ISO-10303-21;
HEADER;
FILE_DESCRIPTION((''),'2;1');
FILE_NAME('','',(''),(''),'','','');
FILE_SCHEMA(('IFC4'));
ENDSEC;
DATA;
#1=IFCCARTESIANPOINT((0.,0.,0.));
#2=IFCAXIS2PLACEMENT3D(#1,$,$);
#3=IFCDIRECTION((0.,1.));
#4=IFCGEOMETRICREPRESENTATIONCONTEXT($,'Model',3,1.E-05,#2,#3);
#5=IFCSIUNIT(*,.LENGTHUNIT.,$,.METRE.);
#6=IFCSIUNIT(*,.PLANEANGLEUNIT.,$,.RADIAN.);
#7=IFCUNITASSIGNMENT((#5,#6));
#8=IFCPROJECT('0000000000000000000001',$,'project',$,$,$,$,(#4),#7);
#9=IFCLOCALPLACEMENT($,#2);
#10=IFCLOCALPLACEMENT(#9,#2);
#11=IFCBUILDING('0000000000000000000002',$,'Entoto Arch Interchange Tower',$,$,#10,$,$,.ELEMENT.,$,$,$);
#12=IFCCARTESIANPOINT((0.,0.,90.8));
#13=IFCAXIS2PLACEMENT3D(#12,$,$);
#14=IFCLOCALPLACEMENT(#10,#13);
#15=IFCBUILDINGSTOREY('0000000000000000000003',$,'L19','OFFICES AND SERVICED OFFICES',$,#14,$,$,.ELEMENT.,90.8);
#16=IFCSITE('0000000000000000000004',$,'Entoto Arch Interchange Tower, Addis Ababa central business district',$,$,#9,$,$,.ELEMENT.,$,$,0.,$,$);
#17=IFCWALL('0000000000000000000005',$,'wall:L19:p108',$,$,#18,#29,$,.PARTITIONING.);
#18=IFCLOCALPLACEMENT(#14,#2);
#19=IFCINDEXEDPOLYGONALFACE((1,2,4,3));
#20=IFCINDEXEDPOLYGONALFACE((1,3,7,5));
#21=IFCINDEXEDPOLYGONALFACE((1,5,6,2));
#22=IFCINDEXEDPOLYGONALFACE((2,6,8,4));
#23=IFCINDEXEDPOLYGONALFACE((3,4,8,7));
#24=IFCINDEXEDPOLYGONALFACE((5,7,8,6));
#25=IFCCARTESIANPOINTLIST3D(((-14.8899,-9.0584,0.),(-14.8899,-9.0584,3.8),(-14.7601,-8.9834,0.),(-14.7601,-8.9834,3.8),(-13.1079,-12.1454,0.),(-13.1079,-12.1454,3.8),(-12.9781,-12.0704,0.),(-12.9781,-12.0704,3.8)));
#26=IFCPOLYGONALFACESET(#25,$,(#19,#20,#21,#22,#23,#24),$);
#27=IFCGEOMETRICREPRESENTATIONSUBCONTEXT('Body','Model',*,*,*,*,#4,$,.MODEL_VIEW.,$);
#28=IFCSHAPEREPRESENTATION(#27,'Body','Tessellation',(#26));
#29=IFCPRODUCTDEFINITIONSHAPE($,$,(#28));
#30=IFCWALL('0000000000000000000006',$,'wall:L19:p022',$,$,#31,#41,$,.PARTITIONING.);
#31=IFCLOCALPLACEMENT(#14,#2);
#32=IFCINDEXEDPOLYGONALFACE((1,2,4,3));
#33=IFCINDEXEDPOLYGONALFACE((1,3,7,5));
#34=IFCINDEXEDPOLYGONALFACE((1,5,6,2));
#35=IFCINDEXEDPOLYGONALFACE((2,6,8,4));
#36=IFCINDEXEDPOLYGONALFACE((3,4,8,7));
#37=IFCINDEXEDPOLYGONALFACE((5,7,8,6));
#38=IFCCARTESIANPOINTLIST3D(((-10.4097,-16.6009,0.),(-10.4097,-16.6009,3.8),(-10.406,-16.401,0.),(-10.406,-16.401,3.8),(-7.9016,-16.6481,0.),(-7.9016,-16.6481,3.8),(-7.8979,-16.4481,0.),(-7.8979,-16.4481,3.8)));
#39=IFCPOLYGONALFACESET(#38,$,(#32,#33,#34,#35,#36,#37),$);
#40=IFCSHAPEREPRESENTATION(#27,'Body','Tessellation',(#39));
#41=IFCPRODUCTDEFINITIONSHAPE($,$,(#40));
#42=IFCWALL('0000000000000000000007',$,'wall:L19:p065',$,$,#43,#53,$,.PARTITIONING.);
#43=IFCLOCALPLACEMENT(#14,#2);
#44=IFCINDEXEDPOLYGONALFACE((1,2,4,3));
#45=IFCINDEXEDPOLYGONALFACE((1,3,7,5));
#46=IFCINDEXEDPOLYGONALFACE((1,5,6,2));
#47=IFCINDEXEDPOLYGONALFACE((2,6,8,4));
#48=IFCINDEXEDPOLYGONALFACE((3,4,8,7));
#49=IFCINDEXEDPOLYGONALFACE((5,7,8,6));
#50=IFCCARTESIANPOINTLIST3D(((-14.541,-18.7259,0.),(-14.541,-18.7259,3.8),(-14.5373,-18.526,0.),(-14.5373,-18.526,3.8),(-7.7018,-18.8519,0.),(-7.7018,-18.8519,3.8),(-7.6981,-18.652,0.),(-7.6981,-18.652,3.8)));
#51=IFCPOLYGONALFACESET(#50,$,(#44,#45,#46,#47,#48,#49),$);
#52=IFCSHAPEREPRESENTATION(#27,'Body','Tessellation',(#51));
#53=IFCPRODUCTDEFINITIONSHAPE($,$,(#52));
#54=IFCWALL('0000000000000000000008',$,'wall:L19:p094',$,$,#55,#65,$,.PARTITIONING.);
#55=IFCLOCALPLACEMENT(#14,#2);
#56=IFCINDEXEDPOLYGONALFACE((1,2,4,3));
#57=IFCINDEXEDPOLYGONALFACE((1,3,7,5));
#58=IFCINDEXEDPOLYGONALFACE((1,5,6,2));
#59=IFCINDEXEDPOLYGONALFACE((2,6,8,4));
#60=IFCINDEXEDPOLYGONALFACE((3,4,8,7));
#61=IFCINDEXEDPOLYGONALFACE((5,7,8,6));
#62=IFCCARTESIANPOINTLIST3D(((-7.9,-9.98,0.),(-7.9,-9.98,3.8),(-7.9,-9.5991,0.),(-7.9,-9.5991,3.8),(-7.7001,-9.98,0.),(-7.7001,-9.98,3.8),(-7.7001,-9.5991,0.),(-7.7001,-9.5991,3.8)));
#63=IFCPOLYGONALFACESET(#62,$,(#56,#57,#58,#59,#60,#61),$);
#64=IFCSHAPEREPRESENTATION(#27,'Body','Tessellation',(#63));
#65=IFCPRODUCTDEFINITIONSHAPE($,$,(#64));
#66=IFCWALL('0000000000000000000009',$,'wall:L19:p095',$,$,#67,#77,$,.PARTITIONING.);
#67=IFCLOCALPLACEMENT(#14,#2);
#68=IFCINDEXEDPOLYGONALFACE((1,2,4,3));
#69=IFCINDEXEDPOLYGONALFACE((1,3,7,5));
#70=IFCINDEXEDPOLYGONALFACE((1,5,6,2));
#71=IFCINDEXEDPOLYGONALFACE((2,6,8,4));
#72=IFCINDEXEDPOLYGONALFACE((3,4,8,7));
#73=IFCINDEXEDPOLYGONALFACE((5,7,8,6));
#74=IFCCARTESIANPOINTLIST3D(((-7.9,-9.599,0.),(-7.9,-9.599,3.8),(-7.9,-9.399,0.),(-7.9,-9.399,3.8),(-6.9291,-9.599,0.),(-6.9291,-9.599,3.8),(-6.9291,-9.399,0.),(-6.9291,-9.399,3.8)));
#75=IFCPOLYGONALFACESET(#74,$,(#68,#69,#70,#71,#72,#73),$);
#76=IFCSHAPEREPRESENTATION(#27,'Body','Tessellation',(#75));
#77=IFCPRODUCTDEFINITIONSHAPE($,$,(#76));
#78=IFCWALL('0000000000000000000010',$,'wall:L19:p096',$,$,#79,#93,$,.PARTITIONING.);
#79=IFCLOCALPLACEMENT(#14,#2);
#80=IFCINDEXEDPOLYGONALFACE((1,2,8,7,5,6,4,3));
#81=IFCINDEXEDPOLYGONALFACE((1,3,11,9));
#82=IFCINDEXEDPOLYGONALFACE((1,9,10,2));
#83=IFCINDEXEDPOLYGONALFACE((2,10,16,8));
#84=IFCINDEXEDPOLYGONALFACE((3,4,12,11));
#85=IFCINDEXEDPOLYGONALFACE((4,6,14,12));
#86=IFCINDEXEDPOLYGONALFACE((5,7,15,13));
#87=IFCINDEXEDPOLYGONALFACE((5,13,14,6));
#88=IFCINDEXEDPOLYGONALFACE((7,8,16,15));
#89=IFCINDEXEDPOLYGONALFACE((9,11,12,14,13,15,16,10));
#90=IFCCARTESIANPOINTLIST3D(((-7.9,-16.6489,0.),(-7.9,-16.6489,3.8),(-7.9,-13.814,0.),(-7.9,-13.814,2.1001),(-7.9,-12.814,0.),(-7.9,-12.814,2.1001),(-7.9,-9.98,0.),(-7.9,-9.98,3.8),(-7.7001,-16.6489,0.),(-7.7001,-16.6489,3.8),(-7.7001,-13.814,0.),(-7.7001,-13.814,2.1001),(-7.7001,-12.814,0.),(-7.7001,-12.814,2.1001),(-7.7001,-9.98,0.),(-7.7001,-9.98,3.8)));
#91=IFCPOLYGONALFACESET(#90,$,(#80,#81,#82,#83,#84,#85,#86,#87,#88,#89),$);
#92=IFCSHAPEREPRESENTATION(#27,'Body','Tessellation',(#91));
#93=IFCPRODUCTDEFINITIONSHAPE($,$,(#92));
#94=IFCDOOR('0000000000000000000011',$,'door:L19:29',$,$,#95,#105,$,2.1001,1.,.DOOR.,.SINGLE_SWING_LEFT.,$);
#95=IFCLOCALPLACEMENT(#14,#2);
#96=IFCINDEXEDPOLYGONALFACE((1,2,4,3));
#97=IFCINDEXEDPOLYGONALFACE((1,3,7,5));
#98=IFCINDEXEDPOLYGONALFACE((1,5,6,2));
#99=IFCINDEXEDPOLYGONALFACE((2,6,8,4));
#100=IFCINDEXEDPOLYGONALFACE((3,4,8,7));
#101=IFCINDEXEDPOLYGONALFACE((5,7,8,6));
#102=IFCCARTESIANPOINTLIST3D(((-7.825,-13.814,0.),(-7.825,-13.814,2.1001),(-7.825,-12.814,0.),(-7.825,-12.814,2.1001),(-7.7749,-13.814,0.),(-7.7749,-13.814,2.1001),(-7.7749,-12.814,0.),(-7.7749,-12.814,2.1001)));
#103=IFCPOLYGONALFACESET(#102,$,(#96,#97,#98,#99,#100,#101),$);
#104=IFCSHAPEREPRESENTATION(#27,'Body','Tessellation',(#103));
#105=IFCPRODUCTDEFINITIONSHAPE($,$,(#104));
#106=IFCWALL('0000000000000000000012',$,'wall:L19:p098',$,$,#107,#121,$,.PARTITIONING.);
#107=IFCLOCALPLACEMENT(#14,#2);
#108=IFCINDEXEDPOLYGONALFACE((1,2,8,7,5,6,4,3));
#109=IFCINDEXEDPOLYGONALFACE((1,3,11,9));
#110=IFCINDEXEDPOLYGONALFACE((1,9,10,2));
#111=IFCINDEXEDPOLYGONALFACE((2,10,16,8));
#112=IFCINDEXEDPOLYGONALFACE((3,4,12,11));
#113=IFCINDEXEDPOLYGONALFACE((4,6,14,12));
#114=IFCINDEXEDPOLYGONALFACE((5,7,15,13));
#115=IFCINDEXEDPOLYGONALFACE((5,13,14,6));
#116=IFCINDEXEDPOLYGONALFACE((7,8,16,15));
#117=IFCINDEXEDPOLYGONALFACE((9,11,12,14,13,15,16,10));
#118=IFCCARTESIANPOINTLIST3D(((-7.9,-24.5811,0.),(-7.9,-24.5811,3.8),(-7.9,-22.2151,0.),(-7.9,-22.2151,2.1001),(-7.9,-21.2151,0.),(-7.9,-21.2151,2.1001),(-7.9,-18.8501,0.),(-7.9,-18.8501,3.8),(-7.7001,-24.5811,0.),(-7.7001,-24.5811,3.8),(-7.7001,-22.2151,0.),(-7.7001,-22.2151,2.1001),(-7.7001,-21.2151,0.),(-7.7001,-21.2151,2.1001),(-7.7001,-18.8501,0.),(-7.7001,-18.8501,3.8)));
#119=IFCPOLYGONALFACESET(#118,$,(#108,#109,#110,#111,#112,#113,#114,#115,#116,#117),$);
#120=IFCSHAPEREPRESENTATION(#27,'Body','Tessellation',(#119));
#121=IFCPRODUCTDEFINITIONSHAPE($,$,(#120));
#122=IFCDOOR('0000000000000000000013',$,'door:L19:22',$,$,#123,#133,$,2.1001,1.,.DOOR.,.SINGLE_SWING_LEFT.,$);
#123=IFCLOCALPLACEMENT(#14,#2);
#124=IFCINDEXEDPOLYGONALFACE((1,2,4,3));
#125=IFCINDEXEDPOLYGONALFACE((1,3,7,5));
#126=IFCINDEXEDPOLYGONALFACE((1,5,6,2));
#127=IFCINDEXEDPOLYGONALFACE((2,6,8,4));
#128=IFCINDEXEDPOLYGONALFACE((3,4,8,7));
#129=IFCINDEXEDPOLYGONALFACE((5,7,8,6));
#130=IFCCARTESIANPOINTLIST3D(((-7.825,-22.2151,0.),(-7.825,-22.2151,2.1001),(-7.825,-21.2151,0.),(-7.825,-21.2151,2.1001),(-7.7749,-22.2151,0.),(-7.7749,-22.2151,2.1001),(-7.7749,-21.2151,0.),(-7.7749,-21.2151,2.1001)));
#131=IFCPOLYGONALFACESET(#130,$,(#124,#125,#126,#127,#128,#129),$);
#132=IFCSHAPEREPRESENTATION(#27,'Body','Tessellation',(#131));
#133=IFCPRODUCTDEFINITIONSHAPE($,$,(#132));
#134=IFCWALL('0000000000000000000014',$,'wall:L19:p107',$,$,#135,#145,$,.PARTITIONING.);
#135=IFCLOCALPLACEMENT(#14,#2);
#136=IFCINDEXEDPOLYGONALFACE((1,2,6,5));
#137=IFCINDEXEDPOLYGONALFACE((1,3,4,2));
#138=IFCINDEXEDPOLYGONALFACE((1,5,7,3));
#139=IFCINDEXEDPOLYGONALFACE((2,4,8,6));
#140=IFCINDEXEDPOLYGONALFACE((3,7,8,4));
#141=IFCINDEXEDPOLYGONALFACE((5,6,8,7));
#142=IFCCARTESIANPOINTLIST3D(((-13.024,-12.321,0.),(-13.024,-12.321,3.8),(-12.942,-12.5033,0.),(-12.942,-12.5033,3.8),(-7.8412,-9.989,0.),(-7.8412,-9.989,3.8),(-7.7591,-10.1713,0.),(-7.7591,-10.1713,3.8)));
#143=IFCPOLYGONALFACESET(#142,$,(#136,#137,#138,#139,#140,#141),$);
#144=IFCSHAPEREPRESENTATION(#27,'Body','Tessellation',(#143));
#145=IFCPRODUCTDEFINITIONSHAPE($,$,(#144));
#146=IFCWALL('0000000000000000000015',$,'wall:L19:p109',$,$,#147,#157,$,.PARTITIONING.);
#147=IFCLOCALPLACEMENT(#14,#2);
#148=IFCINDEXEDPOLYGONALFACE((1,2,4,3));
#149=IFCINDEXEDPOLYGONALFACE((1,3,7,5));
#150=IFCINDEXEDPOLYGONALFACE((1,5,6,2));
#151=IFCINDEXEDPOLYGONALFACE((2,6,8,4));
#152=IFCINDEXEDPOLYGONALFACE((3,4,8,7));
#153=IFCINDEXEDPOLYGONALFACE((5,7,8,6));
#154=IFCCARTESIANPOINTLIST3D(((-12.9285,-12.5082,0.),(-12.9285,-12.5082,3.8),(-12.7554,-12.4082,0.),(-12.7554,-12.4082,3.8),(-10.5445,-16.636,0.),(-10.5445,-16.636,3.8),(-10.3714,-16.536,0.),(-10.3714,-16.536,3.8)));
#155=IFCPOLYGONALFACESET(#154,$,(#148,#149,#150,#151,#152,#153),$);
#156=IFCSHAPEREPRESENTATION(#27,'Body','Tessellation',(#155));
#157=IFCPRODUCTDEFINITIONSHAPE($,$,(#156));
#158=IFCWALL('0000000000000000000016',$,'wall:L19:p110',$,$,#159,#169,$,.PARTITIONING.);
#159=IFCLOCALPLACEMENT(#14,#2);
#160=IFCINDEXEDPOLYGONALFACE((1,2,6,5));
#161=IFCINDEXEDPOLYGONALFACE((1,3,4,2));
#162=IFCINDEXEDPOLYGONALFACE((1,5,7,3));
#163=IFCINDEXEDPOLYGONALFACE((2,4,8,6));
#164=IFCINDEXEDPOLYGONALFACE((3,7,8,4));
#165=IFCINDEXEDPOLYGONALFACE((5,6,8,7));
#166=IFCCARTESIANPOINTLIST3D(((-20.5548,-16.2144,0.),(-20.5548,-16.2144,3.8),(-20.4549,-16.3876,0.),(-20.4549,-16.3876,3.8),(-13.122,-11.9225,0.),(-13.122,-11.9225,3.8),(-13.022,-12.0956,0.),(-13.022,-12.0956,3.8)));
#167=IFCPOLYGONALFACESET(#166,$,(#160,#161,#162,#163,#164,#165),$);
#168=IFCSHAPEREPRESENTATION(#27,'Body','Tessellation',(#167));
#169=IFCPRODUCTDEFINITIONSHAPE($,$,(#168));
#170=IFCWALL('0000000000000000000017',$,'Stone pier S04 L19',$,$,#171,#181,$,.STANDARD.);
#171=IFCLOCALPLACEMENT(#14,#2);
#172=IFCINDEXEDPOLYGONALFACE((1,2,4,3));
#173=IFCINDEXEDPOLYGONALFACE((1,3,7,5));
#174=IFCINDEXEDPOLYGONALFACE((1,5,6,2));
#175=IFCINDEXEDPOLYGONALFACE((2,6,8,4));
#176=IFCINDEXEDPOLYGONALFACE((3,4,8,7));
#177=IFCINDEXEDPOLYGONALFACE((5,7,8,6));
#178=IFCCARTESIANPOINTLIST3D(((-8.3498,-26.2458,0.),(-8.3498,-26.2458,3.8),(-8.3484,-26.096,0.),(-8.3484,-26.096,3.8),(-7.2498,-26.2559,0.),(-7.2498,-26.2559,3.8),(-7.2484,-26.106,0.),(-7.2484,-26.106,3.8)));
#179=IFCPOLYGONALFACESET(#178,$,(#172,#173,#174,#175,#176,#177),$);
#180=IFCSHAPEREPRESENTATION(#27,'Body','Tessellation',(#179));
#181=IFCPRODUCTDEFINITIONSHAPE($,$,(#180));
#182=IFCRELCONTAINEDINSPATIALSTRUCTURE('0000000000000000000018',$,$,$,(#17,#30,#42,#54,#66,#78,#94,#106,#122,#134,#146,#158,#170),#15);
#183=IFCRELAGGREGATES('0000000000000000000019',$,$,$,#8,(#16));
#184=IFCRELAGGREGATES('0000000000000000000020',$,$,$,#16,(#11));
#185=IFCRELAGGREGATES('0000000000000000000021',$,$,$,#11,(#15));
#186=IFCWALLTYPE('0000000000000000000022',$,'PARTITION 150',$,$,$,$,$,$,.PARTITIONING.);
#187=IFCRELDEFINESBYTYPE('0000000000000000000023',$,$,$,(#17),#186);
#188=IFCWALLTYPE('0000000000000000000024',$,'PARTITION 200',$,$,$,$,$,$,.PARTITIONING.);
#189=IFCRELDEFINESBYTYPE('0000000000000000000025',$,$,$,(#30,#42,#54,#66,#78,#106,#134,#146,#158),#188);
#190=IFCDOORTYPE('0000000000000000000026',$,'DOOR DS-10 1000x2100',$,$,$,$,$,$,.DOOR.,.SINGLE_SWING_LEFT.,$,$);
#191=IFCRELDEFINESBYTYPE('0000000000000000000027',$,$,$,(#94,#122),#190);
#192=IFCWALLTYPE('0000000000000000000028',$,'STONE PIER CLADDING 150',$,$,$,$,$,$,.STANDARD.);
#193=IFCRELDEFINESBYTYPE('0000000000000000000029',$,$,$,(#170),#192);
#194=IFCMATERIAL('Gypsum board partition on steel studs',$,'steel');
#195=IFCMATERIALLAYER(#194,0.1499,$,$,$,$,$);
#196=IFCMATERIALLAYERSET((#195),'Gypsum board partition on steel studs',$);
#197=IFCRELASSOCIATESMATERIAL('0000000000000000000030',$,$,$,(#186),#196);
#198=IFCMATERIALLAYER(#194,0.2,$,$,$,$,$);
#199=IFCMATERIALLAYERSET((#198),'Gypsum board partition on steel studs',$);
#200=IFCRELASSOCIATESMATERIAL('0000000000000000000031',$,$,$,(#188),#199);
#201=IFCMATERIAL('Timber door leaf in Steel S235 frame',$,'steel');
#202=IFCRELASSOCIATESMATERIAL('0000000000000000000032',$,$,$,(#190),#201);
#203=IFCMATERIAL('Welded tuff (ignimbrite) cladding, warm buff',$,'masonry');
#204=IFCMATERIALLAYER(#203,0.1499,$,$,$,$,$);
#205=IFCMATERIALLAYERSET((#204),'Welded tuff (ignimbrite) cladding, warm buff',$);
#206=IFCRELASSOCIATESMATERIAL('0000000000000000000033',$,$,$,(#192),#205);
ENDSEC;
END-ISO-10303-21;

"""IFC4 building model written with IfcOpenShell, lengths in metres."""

from ifc_helpers import new_model, si_unit, direction, frame, frame_2d, origin, place, context, subcontext, project, spatial, rectangle, extrude, material, layer, layer_set, type_object, element, fill, save


model = new_model("IFC4")

# Units and contexts
model_context = context("Model", 3, precision=1e-05, world=origin(), true_north=direction((0.0, 1.0)))
body_context = subcontext(model_context, "Body", "Model", "MODEL_VIEW")
ifc_project = project(units=[si_unit("LENGTHUNIT", "METRE"), si_unit("PLANEANGLEUNIT", "RADIAN")], contexts=[model_context])

# Site, building, storey
site_placement = place(None, origin())
site = spatial("IfcSite", under=ifc_project, at=site_placement, Name="Entoto Arch Interchange Tower, Addis Ababa central business district", CompositionType="ELEMENT", RefElevation=0.0)
building_placement = place(site_placement, origin())
building = spatial("IfcBuilding", under=site, at=building_placement, Name="Entoto Arch Interchange Tower", CompositionType="ELEMENT")
storey_placement = place(building_placement, frame((0.0, 0.0, 90.8)))
storey = spatial("IfcBuildingStorey", under=building, at=storey_placement, Name="L19", Description="OFFICES AND SERVICED OFFICES", CompositionType="ELEMENT", Elevation=90.8)

# Walls
ifc_material_1 = material(Name="Gypsum board partition on steel studs", Category="steel")
ifc_layer_1 = layer(ifc_material_1, 0.1499)
ifc_layer_set_1 = layer_set([ifc_layer_1], Name="Gypsum board partition on steel studs")
wall_type_1 = type_object("IfcWallType", Name="PARTITION 150", PredefinedType="PARTITIONING", material=ifc_layer_set_1)
wall_1_placement = place(storey_placement, frame((-13.043, -12.1079, 0.0), z_axis=(0.0, 0.0, 1.0), x_axis=(-0.499948, 0.866056, 0.0)))
element("IfcWall", 1, at=wall_1_placement, inside=storey, type_object=wall_type_1, Name="wall:L19:p108", PredefinedType="PARTITIONING", context=body_context, shape_type="SweptSolid", body=[
    extrude(rectangle(XDim=3.5645, YDim=0.1499, at=frame_2d((1.7822, 0.0))), origin(), (0.0, 0.0, 1.0), 3.8),
])
ifc_layer_2 = layer(ifc_material_1, 0.2)
ifc_layer_set_2 = layer_set([ifc_layer_2], Name="Gypsum board partition on steel studs")
wall_type_2 = type_object("IfcWallType", Name="PARTITION 200", PredefinedType="PARTITIONING", material=ifc_layer_set_2)
wall_2_placement = place(storey_placement, frame((-10.408, -16.501, 0.0), z_axis=(0.0, 0.0, 1.0), x_axis=(0.999824, -0.018784, 0.0)))
element("IfcWall", 2, at=wall_2_placement, inside=storey, type_object=wall_type_2, Name="wall:L19:p022", PredefinedType="PARTITIONING", context=body_context, shape_type="SweptSolid", body=[
    extrude(rectangle(XDim=2.5085, YDim=0.2, at=frame_2d((1.2544, 0.0))), origin(), (0.0, 0.0, 1.0), 3.8),
])
wall_3_placement = place(storey_placement, frame((-7.7, -18.752, 0.0), z_axis=(0.0, 0.0, 1.0), x_axis=(-0.99983, 0.018417, 0.0)))
element("IfcWall", 3, at=wall_3_placement, inside=storey, type_object=wall_type_2, Name="wall:L19:p065", PredefinedType="PARTITIONING", context=body_context, shape_type="SweptSolid", body=[
    extrude(rectangle(XDim=6.8403, YDim=0.2, at=frame_2d((3.4202, 0.0))), origin(), (0.0, 0.0, 1.0), 3.8),
])
wall_4_placement = place(storey_placement, frame((-7.8, -9.98, 0.0), z_axis=(0.0, 0.0, 1.0), x_axis=(0.0, 1.0, 0.0)))
element("IfcWall", 4, at=wall_4_placement, inside=storey, type_object=wall_type_2, Name="wall:L19:p094", PredefinedType="PARTITIONING", context=body_context, shape_type="SweptSolid", body=[
    extrude(rectangle(XDim=0.3809, YDim=0.2, at=frame_2d((0.1904, 0.0))), origin(), (0.0, 0.0, 1.0), 3.8),
])
wall_5_placement = place(storey_placement, frame((-7.8999, -9.499, 0.0), z_axis=(0.0, 0.0, 1.0), x_axis=(1.0, 0.0, 0.0)))
element("IfcWall", 5, at=wall_5_placement, inside=storey, type_object=wall_type_2, Name="wall:L19:p095", PredefinedType="PARTITIONING", context=body_context, shape_type="SweptSolid", body=[
    extrude(rectangle(XDim=0.9709, YDim=0.2, at=frame_2d((0.4854, 0.0))), origin(), (0.0, 0.0, 1.0), 3.8),
])

# Walls, openings, doors
wall_6_placement = place(storey_placement, frame((-7.8, -16.6489, 0.0), z_axis=(0.0, 0.0, 1.0), x_axis=(0.0, 1.0, 0.0)))
wall_6 = element("IfcWall", 6, at=wall_6_placement, inside=storey, type_object=wall_type_2, Name="wall:L19:p096", PredefinedType="PARTITIONING", context=body_context, shape_type="SweptSolid", body=[
    extrude(rectangle(XDim=6.6689, YDim=0.2, at=frame_2d((3.3345, 0.0))), origin(), (0.0, 0.0, 1.0), 3.8),
])
opening_1_placement = place(wall_6_placement, frame((2.835, 0.0, 0.0)))
opening_1 = element("IfcOpeningElement", 7, at=opening_1_placement, cuts=wall_6, PredefinedType="OPENING", context=body_context, shape_type="SweptSolid", body=[
    extrude(rectangle(XDim=1.0, YDim=2.1001, at=frame_2d((0.5, 1.05))), frame((0.0, 0.1099, 0.0), z_axis=(0.0, -1.0, 0.0), x_axis=(1.0, 0.0, 0.0)), (0.0, 0.0, 1.0), 0.22),
])
ifc_material_2 = material(Name="Timber door leaf in Steel S235 frame", Category="steel")
door_type = type_object("IfcDoorType", Name="DOOR DS-10 1000x2100", OperationType="SINGLE_SWING_LEFT", PredefinedType="DOOR", material=ifc_material_2)
door_1_placement = place(opening_1_placement, origin())
door_1 = element("IfcDoor", 8, at=door_1_placement, inside=storey, type_object=door_type, Name="door:L19:29", OperationType="SINGLE_SWING_LEFT", OverallHeight=2.1001, OverallWidth=1.0, PredefinedType="DOOR", context=body_context, shape_type="SweptSolid", body=[
    extrude(rectangle(XDim=1.0, YDim=2.1001, at=frame_2d((0.5, 1.05))), frame((0.0, 0.0249, 0.0), z_axis=(0.0, -1.0, 0.0), x_axis=(1.0, 0.0, 0.0)), (0.0, 0.0, 1.0), 0.05),
])
fill(opening_1, door_1)
wall_7_placement = place(storey_placement, frame((-7.8, -24.5811, 0.0), z_axis=(0.0, 0.0, 1.0), x_axis=(0.0, 1.0, 0.0)))
wall_7 = element("IfcWall", 9, at=wall_7_placement, inside=storey, type_object=wall_type_2, Name="wall:L19:p098", PredefinedType="PARTITIONING", context=body_context, shape_type="SweptSolid", body=[
    extrude(rectangle(XDim=5.731, YDim=0.2, at=frame_2d((2.8655, 0.0))), origin(), (0.0, 0.0, 1.0), 3.8),
])
opening_2_placement = place(wall_7_placement, frame((2.366, 0.0, 0.0)))
opening_2 = element("IfcOpeningElement", 10, at=opening_2_placement, cuts=wall_7, PredefinedType="OPENING", context=body_context, shape_type="SweptSolid", body=[
    extrude(rectangle(XDim=1.0, YDim=2.1001, at=frame_2d((0.5, 1.05))), frame((0.0, 0.1099, 0.0), z_axis=(0.0, -1.0, 0.0), x_axis=(1.0, 0.0, 0.0)), (0.0, 0.0, 1.0), 0.22),
])
door_2_placement = place(opening_2_placement, origin())
door_2 = element("IfcDoor", 11, at=door_2_placement, inside=storey, type_object=door_type, Name="door:L19:22", OperationType="SINGLE_SWING_LEFT", OverallHeight=2.1001, OverallWidth=1.0, PredefinedType="DOOR", context=body_context, shape_type="SweptSolid", body=[
    extrude(rectangle(XDim=1.0, YDim=2.1001, at=frame_2d((0.5, 1.05))), frame((0.0, 0.0249, 0.0), z_axis=(0.0, -1.0, 0.0), x_axis=(1.0, 0.0, 0.0)), (0.0, 0.0, 1.0), 0.05),
])
fill(opening_2, door_2)

# Walls
wall_8_placement = place(storey_placement, frame((-7.8, -10.0801, 0.0), z_axis=(0.0, 0.0, 1.0), x_axis=(-0.911938, -0.410327, 0.0)))
element("IfcWall", 12, at=wall_8_placement, inside=storey, type_object=wall_type_2, Name="wall:L19:p107", PredefinedType="PARTITIONING", context=body_context, shape_type="SweptSolid", body=[
    extrude(rectangle(XDim=5.6833, YDim=0.2, at=frame_2d((2.8418, 0.0))), origin(), (0.0, 0.0, 1.0), 3.8),
])
wall_9_placement = place(storey_placement, frame((-10.458, -16.5859, 0.0), z_axis=(0.0, 0.0, 1.0), x_axis=(-0.500121, 0.865955, 0.0)))
element("IfcWall", 13, at=wall_9_placement, inside=storey, type_object=wall_type_2, Name="wall:L19:p109", PredefinedType="PARTITIONING", context=body_context, shape_type="SweptSolid", body=[
    extrude(rectangle(XDim=4.7668, YDim=0.2, at=frame_2d((2.3833, 0.0))), origin(), (0.0, 0.0, 1.0), 3.8),
])
wall_10_placement = place(storey_placement, frame((-13.072, -12.009, 0.0), z_axis=(0.0, 0.0, 1.0), x_axis=(-0.865994, -0.500055, 0.0)))
element("IfcWall", 14, at=wall_10_placement, inside=storey, type_object=wall_type_2, Name="wall:L19:p110", PredefinedType="PARTITIONING", context=body_context, shape_type="SweptSolid", body=[
    extrude(rectangle(XDim=8.583, YDim=0.2, at=frame_2d((4.2915, 0.0))), origin(), (0.0, 0.0, 1.0), 3.8),
])
ifc_material_3 = material(Name="Welded tuff (ignimbrite) cladding, warm buff", Category="masonry")
ifc_layer_3 = layer(ifc_material_3, 0.1499)
ifc_layer_set_3 = layer_set([ifc_layer_3], Name="Welded tuff (ignimbrite) cladding, warm buff")
wall_type_3 = type_object("IfcWallType", Name="STONE PIER CLADDING 150", PredefinedType="STANDARD", material=ifc_layer_set_3)
wall_11_placement = place(storey_placement, frame((-8.3491, -26.1709, 0.0), z_axis=(0.0, 0.0, 1.0), x_axis=(0.999959, -0.009099, 0.0)))
element("IfcWall", 15, at=wall_11_placement, inside=storey, type_object=wall_type_3, Name="Stone pier S04 L19", PredefinedType="STANDARD", context=body_context, shape_type="SweptSolid", body=[
    extrude(rectangle(XDim=1.1001, YDim=0.1499, at=frame_2d((0.55, 0.0))), origin(), (0.0, 0.0, 1.0), 3.8),
])

save(model, "model.ifc")
